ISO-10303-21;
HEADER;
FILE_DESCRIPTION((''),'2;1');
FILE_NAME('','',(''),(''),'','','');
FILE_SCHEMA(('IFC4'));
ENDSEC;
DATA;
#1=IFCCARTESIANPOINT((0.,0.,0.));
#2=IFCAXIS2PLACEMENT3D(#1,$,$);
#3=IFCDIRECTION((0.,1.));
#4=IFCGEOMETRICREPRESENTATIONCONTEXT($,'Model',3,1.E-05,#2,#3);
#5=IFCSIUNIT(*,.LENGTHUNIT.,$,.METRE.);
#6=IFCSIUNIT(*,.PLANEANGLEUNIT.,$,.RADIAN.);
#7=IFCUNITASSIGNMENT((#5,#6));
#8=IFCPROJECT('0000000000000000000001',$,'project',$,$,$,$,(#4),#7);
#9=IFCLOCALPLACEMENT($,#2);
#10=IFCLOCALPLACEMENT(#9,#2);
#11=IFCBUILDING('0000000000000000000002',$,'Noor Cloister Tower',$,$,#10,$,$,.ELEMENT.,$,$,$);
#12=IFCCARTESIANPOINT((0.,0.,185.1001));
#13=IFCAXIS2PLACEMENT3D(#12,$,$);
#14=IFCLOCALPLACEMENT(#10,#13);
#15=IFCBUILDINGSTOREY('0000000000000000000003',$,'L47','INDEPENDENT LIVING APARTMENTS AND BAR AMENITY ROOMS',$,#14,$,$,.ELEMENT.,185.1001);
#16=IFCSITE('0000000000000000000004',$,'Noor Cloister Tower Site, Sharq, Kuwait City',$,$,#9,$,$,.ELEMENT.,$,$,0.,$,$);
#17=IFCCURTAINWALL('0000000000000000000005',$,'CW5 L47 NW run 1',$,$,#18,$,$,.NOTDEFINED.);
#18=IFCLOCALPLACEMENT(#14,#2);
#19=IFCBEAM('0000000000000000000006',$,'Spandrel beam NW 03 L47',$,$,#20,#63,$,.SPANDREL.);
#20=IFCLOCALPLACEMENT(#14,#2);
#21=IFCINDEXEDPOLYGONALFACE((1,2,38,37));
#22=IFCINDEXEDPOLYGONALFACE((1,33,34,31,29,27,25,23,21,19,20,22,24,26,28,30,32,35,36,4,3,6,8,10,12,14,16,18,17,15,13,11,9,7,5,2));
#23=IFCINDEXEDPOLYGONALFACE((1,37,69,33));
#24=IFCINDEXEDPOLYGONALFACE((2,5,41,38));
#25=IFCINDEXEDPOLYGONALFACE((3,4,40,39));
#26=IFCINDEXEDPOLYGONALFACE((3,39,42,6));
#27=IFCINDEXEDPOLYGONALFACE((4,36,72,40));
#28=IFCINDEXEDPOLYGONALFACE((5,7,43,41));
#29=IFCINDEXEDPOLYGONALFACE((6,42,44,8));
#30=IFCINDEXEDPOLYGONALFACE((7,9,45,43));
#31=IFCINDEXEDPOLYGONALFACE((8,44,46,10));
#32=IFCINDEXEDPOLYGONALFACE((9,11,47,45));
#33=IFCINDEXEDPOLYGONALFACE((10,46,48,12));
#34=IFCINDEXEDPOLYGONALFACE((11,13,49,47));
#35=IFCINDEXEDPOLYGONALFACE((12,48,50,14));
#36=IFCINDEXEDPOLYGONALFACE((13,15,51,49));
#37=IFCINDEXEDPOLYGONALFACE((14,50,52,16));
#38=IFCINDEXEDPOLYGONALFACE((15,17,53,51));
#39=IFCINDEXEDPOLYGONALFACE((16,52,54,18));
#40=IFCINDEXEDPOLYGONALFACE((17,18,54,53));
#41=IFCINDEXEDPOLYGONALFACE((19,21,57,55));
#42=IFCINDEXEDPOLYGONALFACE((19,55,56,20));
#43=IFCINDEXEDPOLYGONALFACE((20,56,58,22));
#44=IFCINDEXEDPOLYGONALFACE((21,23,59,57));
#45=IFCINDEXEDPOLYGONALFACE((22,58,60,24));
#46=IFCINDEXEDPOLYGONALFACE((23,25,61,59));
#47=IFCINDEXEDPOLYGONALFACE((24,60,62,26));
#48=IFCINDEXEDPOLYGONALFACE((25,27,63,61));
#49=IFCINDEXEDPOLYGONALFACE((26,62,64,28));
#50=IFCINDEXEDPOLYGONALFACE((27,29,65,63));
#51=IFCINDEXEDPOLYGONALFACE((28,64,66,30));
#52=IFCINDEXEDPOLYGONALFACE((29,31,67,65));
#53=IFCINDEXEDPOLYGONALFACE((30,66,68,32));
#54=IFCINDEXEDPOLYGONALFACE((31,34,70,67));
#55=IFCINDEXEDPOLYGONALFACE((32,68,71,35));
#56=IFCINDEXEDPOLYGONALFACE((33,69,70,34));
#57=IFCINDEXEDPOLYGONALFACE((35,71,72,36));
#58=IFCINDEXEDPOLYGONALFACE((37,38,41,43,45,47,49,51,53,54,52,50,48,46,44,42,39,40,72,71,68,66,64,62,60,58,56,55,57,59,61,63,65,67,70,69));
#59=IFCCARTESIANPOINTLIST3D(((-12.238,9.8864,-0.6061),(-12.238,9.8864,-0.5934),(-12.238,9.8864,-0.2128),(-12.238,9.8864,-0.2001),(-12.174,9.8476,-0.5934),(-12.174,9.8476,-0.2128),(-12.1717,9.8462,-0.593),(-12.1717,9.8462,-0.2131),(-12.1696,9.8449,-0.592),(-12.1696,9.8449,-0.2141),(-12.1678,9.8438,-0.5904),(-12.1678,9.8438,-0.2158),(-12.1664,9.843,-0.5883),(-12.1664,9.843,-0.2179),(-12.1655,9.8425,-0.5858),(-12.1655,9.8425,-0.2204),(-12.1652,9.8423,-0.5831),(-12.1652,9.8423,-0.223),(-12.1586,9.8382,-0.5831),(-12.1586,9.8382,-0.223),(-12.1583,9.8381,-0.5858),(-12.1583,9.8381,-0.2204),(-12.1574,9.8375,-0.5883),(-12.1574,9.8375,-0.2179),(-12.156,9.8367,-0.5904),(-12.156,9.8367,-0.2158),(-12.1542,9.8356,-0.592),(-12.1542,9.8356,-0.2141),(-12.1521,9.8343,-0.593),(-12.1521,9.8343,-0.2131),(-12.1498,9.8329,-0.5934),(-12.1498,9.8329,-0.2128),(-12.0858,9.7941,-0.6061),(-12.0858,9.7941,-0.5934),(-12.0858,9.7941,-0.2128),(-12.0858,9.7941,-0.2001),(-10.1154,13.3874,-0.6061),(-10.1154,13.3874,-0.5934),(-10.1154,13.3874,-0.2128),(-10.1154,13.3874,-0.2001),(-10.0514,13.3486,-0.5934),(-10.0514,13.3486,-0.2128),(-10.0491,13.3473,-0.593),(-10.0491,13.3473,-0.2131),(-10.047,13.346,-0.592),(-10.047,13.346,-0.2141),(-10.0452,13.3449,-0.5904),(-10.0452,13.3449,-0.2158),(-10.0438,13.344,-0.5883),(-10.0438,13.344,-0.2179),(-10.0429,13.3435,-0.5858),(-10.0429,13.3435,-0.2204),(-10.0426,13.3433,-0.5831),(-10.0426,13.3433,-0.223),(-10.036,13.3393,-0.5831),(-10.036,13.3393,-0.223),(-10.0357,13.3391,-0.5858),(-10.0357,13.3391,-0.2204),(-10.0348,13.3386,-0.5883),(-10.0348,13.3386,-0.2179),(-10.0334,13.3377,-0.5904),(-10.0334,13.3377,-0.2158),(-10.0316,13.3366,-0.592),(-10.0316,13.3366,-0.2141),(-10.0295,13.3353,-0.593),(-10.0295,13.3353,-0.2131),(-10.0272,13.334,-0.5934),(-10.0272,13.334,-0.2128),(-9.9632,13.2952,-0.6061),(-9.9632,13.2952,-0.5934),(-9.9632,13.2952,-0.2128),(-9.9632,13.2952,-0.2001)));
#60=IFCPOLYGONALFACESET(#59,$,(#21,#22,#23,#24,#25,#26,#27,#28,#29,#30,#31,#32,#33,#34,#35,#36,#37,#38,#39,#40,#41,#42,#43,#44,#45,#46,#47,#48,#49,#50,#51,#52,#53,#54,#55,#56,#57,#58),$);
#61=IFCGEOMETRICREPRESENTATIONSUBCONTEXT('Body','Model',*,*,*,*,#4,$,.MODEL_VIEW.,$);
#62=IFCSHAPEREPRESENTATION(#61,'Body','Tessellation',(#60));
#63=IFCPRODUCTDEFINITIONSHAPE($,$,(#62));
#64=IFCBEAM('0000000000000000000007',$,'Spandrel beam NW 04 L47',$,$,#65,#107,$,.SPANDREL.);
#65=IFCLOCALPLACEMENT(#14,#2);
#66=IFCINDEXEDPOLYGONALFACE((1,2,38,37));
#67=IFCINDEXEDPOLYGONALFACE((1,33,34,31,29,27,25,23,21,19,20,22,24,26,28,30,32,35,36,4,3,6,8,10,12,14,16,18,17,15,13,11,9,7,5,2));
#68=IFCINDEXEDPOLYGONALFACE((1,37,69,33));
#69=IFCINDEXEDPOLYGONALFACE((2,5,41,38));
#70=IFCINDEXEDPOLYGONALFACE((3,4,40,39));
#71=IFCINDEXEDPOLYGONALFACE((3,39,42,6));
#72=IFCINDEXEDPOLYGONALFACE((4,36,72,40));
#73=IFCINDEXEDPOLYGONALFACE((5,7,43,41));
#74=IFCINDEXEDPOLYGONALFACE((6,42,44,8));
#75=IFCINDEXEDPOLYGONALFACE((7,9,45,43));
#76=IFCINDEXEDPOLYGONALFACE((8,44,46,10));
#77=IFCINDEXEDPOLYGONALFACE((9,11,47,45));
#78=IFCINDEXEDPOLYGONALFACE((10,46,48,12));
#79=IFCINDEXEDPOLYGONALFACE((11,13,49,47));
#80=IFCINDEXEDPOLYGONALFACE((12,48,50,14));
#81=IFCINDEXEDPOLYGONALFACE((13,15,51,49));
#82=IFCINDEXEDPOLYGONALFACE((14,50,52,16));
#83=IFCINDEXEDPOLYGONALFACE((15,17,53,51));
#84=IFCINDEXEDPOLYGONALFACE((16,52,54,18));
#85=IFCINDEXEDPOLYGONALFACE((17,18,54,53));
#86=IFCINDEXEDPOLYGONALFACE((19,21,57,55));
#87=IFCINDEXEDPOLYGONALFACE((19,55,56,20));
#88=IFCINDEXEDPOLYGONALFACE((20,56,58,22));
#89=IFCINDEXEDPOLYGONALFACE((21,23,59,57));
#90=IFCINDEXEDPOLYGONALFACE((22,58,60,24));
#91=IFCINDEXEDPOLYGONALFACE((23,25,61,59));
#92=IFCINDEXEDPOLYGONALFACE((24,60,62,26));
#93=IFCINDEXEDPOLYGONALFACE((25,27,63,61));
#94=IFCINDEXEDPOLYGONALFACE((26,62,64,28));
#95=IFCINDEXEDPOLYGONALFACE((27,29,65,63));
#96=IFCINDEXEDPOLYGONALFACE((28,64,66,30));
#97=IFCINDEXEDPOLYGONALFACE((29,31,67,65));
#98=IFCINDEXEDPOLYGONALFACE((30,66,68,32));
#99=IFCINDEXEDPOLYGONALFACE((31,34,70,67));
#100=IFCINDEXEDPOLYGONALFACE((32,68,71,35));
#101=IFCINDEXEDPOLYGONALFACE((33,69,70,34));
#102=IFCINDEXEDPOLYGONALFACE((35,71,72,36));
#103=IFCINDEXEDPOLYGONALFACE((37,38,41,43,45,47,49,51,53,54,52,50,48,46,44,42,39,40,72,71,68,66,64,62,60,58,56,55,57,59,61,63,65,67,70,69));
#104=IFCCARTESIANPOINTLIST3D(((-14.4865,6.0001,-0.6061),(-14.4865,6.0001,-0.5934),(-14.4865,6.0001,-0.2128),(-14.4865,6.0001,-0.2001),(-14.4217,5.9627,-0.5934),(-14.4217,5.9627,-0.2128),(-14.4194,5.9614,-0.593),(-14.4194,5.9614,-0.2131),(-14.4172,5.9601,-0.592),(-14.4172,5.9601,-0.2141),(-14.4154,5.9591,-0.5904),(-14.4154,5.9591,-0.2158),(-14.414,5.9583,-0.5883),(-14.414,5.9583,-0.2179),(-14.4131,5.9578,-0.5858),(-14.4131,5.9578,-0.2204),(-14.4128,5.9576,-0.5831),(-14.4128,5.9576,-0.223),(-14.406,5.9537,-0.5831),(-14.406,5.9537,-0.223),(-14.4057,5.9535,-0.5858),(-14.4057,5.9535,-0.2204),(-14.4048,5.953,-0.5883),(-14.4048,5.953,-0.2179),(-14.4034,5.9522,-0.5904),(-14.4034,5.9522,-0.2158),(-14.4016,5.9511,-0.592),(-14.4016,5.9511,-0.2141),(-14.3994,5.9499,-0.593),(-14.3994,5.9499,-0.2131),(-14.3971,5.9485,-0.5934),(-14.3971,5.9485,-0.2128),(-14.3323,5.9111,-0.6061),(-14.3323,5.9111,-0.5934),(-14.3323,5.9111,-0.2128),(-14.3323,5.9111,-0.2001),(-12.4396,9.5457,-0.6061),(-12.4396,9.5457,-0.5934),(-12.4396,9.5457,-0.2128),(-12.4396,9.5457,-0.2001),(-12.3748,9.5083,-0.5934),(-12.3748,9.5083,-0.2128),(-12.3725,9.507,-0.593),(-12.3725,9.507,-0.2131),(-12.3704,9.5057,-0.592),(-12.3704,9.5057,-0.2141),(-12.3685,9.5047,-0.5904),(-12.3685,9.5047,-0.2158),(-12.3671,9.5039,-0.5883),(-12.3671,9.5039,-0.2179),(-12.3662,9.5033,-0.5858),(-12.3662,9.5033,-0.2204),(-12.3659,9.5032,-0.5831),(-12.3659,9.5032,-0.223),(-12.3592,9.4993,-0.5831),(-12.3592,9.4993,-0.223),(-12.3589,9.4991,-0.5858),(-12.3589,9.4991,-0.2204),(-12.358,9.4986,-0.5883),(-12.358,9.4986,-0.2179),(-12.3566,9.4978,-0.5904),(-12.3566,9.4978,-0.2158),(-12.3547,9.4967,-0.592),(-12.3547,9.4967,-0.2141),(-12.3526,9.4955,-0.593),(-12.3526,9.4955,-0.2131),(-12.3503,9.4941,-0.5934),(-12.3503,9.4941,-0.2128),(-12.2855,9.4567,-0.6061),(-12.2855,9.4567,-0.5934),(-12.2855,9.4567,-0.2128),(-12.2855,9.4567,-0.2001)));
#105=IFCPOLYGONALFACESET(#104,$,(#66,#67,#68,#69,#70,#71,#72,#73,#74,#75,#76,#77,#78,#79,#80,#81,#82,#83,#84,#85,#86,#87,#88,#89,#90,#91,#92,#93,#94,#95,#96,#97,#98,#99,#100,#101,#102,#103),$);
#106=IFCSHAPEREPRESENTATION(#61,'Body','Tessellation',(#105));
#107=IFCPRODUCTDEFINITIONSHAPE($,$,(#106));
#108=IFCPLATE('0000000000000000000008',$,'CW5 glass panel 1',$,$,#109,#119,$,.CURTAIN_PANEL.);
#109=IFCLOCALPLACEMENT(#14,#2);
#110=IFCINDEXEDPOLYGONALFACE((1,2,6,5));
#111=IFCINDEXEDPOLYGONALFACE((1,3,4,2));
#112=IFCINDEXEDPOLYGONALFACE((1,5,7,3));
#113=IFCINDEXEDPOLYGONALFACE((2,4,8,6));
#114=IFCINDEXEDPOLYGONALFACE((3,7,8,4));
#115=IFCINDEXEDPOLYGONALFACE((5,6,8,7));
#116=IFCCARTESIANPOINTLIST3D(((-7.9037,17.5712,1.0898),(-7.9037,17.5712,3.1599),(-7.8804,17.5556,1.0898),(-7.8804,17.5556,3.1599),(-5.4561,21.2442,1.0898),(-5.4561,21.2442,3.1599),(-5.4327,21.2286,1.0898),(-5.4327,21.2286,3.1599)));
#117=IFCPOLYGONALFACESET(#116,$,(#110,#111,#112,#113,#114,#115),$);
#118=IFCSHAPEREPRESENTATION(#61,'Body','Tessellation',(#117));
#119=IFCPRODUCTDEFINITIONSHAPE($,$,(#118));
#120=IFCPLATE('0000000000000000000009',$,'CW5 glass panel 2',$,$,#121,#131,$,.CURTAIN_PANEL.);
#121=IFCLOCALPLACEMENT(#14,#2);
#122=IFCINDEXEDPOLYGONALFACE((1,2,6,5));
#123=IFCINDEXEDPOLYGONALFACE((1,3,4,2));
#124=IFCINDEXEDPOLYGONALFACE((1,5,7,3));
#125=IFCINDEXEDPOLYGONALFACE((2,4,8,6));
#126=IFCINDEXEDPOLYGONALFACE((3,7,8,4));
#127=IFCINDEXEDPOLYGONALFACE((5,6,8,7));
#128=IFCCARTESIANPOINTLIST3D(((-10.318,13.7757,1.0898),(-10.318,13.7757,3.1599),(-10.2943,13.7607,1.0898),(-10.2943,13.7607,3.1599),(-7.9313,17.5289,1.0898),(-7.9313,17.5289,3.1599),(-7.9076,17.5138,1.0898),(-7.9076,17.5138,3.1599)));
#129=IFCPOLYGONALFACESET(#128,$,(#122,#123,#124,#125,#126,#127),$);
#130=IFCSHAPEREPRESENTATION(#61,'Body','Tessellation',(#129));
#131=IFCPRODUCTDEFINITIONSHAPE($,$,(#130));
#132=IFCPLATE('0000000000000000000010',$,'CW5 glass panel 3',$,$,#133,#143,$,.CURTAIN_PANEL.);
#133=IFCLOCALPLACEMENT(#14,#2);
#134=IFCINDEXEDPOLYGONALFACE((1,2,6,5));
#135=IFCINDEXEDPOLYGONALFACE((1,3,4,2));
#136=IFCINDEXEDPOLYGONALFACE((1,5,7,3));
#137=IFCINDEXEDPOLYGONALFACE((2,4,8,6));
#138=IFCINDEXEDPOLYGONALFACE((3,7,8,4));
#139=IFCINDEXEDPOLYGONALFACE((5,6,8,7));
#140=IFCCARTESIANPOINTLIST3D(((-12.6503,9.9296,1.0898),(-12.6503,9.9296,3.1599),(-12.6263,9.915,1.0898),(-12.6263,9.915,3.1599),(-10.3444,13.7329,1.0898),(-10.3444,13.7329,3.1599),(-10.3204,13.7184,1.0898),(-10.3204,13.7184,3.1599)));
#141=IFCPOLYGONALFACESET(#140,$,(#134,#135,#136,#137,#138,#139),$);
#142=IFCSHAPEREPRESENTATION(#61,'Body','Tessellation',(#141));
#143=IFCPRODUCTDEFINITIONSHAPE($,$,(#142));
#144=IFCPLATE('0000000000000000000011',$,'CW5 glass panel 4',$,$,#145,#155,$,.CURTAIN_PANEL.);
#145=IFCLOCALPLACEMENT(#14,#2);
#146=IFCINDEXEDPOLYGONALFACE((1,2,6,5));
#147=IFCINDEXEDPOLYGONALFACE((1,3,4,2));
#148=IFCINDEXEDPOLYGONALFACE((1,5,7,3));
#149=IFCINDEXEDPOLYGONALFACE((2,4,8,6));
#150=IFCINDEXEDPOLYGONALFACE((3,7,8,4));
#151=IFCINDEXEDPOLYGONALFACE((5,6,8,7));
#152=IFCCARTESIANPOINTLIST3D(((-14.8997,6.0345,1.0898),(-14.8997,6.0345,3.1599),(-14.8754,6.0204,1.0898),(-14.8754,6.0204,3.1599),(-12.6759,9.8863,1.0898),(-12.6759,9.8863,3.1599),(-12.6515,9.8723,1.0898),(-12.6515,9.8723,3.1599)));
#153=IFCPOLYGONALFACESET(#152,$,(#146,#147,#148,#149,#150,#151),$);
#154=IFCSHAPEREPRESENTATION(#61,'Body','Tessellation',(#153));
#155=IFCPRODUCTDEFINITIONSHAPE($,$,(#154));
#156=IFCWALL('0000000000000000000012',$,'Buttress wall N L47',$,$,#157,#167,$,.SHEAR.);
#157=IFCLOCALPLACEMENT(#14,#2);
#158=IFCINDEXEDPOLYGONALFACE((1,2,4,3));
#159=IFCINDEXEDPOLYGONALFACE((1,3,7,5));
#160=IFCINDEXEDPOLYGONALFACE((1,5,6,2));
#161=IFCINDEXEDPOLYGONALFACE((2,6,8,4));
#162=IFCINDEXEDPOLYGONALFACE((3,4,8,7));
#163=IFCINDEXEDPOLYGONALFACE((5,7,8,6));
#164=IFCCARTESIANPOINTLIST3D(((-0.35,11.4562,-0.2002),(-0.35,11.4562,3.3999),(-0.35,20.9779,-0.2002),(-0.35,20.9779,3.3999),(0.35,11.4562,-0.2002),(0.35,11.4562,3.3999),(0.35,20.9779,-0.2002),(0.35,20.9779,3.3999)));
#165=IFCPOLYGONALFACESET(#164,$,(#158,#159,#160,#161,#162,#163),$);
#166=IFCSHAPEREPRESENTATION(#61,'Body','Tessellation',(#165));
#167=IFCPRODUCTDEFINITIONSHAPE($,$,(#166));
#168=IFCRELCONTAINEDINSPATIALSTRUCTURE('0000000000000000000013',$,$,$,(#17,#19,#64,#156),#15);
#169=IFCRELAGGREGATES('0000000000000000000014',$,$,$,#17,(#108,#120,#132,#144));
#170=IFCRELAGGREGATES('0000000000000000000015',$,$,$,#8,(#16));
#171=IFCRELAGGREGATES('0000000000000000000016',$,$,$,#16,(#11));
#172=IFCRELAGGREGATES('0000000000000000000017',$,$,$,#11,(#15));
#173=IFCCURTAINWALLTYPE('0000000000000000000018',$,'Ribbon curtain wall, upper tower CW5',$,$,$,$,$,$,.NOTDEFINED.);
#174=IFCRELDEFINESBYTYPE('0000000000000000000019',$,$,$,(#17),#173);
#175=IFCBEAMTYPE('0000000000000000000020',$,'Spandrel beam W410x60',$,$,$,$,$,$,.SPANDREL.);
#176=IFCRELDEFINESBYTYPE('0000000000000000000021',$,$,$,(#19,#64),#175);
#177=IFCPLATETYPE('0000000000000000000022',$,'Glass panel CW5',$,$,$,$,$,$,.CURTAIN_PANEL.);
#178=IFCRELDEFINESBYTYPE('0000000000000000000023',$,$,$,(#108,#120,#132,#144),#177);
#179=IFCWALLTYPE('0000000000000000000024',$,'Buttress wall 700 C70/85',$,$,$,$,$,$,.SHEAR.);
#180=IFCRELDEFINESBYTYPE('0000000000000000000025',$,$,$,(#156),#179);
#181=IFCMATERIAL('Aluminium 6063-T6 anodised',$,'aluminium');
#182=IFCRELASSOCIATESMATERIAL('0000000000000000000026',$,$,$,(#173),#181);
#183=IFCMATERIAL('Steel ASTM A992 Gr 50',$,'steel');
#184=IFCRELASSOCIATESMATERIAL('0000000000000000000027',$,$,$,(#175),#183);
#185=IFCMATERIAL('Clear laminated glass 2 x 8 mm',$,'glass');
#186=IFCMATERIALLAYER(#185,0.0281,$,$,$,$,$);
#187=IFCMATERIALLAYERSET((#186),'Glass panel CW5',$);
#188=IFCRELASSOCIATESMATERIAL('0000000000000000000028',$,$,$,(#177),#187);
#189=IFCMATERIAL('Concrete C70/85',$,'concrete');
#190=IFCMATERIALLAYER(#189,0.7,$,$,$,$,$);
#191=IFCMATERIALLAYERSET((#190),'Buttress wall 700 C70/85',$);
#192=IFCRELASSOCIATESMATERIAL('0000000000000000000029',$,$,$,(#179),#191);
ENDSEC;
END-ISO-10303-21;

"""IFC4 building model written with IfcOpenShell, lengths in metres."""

from ifc_helpers import new_model, si_unit, direction, frame, frame_2d, origin, origin_2d, place, context, subcontext, project, spatial, rectangle, i_section, extrude, material, layer, layer_set, material_profile, profile_set, type_object, element, aggregate, save


model = new_model("IFC4")

# Units and contexts
model_context = context("Model", 3, precision=1e-05, world=origin(), true_north=direction((0.0, 1.0)))
body_context = subcontext(model_context, "Body", "Model", "MODEL_VIEW")
ifc_project = project(units=[si_unit("LENGTHUNIT", "METRE"), si_unit("PLANEANGLEUNIT", "RADIAN")], contexts=[model_context])

# Site, building, storey
site_placement = place(None, origin())
site = spatial("IfcSite", under=ifc_project, at=site_placement, Name="Noor Cloister Tower Site, Sharq, Kuwait City", CompositionType="ELEMENT", RefElevation=0.0)
building_placement = place(site_placement, origin())
building = spatial("IfcBuilding", under=site, at=building_placement, Name="Noor Cloister Tower", CompositionType="ELEMENT")
storey_placement = place(building_placement, frame((0.0, 0.0, 185.1001)))
storey = spatial("IfcBuildingStorey", under=building, at=storey_placement, Name="L47", Description="INDEPENDENT LIVING APARTMENTS AND BAR AMENITY ROOMS", CompositionType="ELEMENT", Elevation=185.1001)

# Curtain wall
ifc_material_1 = material(Name="Aluminium 6063-T6 anodised", Category="aluminium")
curtain_wall_type = type_object("IfcCurtainWallType", Name="Ribbon curtain wall, upper tower CW5", PredefinedType="NOTDEFINED", material=ifc_material_1)
curtain_wall_placement = place(storey_placement, origin())
curtain_wall = element("IfcCurtainWall", 1, at=curtain_wall_placement, inside=storey, type_object=curtain_wall_type, Name="CW5 L47 NW run 1", PredefinedType="NOTDEFINED")

# Beams
ifc_material_2 = material(Name="Steel ASTM A992 Gr 50", Category="steel")
ifc_material_profile_1 = material_profile(ifc_material_2, i_section(OverallWidth=0.178, OverallDepth=0.406, WebThickness=0.0078, FlangeThickness=0.0127, FilletRadius=0.0103, at=origin_2d()), Name="W410x60")
ifc_profile_set_1 = profile_set([ifc_material_profile_1], Name="Steel ASTM A992 Gr 50")
beam_type_1 = type_object("IfcBeamType", Name="Spandrel beam W410x60", PredefinedType="SPANDREL", material=ifc_profile_set_1)
for number, where, z_axis, x_axis, name in (
    (2, (-10.0393, 13.3413, -0.4031), (-0.518437, -0.855116, 0.0), (0.855116, -0.518437, 0.0), "Spandrel beam NW 03 L47"),
):
    element("IfcBeam", number, at=place(storey_placement, frame(where, z_axis=z_axis, x_axis=x_axis)), inside=storey, type_object=beam_type_1, Name=name, PredefinedType="SPANDREL", context=body_context, shape_type="SweptSolid", body=[
        extrude(i_section(OverallWidth=0.178, OverallDepth=0.406, WebThickness=0.0078, FlangeThickness=0.0127, FilletRadius=0.0103, at=origin_2d()), origin(), (0.0, 0.0, 1.0), 4.0942),
    ])
beam_1_placement = place(storey_placement, frame((-12.3625, 9.5012, -0.4031), z_axis=(-0.499962, -0.866048, 0.0), x_axis=(0.866048, -0.499962, 0.0)))
element("IfcBeam", 3, at=beam_1_placement, inside=storey, type_object=beam_type_1, Name="Spandrel beam NW 04 L47", PredefinedType="SPANDREL", context=body_context, shape_type="SweptSolid", body=[
    extrude(i_section(OverallWidth=0.178, OverallDepth=0.406, WebThickness=0.0078, FlangeThickness=0.0127, FilletRadius=0.0103, at=origin_2d()), origin(), (0.0, 0.0, 1.0), 4.094),
])

# Plates
ifc_material_3 = material(Name="Clear laminated glass 2 x 8 mm", Category="glass")
ifc_layer_1 = layer(ifc_material_3, 0.0281)
ifc_layer_set_1 = layer_set([ifc_layer_1], Name="Glass panel CW5")
plate_type = type_object("IfcPlateType", Name="Glass panel CW5", PredefinedType="CURTAIN_PANEL", material=ifc_layer_set_1)
plate_1_placement = place(storey_placement, frame((-6.6682, 19.3999, 1.0898), z_axis=(0.0, 0.0, 1.0), x_axis=(-0.554551, -0.83215, 0.0)))
plate_1 = element("IfcPlate", 4, at=plate_1_placement, type_object=plate_type, Name="CW5 glass panel 1", PredefinedType="CURTAIN_PANEL", context=body_context, shape_type="SweptSolid", body=[
    extrude(rectangle(XDim=4.4138, YDim=0.0281, at=origin_2d()), origin(), (0.0, 0.0, 1.0), 2.0701),
])
plate_2_placement = place(storey_placement, frame((-9.1128, 15.6448, 1.0898), z_axis=(0.0, 0.0, 1.0), x_axis=(-0.53661, -0.84383, 0.0)))
plate_2 = element("IfcPlate", 5, at=plate_2_placement, type_object=plate_type, Name="CW5 glass panel 2", PredefinedType="CURTAIN_PANEL", context=body_context, shape_type="SweptSolid", body=[
    extrude(rectangle(XDim=4.4478, YDim=0.0281, at=origin_2d()), origin(), (0.0, 0.0, 1.0), 2.0701),
])
plate_3_placement = place(storey_placement, frame((-11.4854, 11.824, 1.0898), z_axis=(0.0, 0.0, 1.0), x_axis=(-0.518424, -0.855124, 0.0)))
plate_3 = element("IfcPlate", 6, at=plate_3_placement, type_object=plate_type, Name="CW5 glass panel 3", PredefinedType="CURTAIN_PANEL", context=body_context, shape_type="SweptSolid", body=[
    extrude(rectangle(XDim=4.4478, YDim=0.0281, at=origin_2d()), origin(), (0.0, 0.0, 1.0), 2.0701),
])
plate_4_placement = place(storey_placement, frame((-13.7756, 7.9534, 1.0898), z_axis=(0.0, 0.0, 1.0), x_axis=(-0.5, -0.866025, 0.0)))
plate_4 = element("IfcPlate", 7, at=plate_4_placement, type_object=plate_type, Name="CW5 glass panel 4", PredefinedType="CURTAIN_PANEL", context=body_context, shape_type="SweptSolid", body=[
    extrude(rectangle(XDim=4.4478, YDim=0.0281, at=origin_2d()), origin(), (0.0, 0.0, 1.0), 2.0701),
])
aggregate(curtain_wall, [plate_1, plate_2, plate_3, plate_4])

# Wall
ifc_material_4 = material(Name="Concrete C70/85", Category="concrete")
ifc_layer_2 = layer(ifc_material_4, 0.7)
ifc_layer_set_2 = layer_set([ifc_layer_2], Name="Buttress wall 700 C70/85")
wall_type_1 = type_object("IfcWallType", Name="Buttress wall 700 C70/85", PredefinedType="SHEAR", material=ifc_layer_set_2)
wall_1_placement = place(storey_placement, frame((0.0, 11.4563, -0.2002), z_axis=(0.0, 0.0, 1.0), x_axis=(0.0, 1.0, 0.0)))
element("IfcWall", 8, at=wall_1_placement, inside=storey, type_object=wall_type_1, Name="Buttress wall N L47", PredefinedType="SHEAR", context=body_context, shape_type="SweptSolid", body=[
    extrude(rectangle(XDim=9.5217, YDim=0.7, at=frame_2d((4.7607, 0.0))), origin(), (0.0, 0.0, 1.0), 3.6001),
])

save(model, "model.ifc")
